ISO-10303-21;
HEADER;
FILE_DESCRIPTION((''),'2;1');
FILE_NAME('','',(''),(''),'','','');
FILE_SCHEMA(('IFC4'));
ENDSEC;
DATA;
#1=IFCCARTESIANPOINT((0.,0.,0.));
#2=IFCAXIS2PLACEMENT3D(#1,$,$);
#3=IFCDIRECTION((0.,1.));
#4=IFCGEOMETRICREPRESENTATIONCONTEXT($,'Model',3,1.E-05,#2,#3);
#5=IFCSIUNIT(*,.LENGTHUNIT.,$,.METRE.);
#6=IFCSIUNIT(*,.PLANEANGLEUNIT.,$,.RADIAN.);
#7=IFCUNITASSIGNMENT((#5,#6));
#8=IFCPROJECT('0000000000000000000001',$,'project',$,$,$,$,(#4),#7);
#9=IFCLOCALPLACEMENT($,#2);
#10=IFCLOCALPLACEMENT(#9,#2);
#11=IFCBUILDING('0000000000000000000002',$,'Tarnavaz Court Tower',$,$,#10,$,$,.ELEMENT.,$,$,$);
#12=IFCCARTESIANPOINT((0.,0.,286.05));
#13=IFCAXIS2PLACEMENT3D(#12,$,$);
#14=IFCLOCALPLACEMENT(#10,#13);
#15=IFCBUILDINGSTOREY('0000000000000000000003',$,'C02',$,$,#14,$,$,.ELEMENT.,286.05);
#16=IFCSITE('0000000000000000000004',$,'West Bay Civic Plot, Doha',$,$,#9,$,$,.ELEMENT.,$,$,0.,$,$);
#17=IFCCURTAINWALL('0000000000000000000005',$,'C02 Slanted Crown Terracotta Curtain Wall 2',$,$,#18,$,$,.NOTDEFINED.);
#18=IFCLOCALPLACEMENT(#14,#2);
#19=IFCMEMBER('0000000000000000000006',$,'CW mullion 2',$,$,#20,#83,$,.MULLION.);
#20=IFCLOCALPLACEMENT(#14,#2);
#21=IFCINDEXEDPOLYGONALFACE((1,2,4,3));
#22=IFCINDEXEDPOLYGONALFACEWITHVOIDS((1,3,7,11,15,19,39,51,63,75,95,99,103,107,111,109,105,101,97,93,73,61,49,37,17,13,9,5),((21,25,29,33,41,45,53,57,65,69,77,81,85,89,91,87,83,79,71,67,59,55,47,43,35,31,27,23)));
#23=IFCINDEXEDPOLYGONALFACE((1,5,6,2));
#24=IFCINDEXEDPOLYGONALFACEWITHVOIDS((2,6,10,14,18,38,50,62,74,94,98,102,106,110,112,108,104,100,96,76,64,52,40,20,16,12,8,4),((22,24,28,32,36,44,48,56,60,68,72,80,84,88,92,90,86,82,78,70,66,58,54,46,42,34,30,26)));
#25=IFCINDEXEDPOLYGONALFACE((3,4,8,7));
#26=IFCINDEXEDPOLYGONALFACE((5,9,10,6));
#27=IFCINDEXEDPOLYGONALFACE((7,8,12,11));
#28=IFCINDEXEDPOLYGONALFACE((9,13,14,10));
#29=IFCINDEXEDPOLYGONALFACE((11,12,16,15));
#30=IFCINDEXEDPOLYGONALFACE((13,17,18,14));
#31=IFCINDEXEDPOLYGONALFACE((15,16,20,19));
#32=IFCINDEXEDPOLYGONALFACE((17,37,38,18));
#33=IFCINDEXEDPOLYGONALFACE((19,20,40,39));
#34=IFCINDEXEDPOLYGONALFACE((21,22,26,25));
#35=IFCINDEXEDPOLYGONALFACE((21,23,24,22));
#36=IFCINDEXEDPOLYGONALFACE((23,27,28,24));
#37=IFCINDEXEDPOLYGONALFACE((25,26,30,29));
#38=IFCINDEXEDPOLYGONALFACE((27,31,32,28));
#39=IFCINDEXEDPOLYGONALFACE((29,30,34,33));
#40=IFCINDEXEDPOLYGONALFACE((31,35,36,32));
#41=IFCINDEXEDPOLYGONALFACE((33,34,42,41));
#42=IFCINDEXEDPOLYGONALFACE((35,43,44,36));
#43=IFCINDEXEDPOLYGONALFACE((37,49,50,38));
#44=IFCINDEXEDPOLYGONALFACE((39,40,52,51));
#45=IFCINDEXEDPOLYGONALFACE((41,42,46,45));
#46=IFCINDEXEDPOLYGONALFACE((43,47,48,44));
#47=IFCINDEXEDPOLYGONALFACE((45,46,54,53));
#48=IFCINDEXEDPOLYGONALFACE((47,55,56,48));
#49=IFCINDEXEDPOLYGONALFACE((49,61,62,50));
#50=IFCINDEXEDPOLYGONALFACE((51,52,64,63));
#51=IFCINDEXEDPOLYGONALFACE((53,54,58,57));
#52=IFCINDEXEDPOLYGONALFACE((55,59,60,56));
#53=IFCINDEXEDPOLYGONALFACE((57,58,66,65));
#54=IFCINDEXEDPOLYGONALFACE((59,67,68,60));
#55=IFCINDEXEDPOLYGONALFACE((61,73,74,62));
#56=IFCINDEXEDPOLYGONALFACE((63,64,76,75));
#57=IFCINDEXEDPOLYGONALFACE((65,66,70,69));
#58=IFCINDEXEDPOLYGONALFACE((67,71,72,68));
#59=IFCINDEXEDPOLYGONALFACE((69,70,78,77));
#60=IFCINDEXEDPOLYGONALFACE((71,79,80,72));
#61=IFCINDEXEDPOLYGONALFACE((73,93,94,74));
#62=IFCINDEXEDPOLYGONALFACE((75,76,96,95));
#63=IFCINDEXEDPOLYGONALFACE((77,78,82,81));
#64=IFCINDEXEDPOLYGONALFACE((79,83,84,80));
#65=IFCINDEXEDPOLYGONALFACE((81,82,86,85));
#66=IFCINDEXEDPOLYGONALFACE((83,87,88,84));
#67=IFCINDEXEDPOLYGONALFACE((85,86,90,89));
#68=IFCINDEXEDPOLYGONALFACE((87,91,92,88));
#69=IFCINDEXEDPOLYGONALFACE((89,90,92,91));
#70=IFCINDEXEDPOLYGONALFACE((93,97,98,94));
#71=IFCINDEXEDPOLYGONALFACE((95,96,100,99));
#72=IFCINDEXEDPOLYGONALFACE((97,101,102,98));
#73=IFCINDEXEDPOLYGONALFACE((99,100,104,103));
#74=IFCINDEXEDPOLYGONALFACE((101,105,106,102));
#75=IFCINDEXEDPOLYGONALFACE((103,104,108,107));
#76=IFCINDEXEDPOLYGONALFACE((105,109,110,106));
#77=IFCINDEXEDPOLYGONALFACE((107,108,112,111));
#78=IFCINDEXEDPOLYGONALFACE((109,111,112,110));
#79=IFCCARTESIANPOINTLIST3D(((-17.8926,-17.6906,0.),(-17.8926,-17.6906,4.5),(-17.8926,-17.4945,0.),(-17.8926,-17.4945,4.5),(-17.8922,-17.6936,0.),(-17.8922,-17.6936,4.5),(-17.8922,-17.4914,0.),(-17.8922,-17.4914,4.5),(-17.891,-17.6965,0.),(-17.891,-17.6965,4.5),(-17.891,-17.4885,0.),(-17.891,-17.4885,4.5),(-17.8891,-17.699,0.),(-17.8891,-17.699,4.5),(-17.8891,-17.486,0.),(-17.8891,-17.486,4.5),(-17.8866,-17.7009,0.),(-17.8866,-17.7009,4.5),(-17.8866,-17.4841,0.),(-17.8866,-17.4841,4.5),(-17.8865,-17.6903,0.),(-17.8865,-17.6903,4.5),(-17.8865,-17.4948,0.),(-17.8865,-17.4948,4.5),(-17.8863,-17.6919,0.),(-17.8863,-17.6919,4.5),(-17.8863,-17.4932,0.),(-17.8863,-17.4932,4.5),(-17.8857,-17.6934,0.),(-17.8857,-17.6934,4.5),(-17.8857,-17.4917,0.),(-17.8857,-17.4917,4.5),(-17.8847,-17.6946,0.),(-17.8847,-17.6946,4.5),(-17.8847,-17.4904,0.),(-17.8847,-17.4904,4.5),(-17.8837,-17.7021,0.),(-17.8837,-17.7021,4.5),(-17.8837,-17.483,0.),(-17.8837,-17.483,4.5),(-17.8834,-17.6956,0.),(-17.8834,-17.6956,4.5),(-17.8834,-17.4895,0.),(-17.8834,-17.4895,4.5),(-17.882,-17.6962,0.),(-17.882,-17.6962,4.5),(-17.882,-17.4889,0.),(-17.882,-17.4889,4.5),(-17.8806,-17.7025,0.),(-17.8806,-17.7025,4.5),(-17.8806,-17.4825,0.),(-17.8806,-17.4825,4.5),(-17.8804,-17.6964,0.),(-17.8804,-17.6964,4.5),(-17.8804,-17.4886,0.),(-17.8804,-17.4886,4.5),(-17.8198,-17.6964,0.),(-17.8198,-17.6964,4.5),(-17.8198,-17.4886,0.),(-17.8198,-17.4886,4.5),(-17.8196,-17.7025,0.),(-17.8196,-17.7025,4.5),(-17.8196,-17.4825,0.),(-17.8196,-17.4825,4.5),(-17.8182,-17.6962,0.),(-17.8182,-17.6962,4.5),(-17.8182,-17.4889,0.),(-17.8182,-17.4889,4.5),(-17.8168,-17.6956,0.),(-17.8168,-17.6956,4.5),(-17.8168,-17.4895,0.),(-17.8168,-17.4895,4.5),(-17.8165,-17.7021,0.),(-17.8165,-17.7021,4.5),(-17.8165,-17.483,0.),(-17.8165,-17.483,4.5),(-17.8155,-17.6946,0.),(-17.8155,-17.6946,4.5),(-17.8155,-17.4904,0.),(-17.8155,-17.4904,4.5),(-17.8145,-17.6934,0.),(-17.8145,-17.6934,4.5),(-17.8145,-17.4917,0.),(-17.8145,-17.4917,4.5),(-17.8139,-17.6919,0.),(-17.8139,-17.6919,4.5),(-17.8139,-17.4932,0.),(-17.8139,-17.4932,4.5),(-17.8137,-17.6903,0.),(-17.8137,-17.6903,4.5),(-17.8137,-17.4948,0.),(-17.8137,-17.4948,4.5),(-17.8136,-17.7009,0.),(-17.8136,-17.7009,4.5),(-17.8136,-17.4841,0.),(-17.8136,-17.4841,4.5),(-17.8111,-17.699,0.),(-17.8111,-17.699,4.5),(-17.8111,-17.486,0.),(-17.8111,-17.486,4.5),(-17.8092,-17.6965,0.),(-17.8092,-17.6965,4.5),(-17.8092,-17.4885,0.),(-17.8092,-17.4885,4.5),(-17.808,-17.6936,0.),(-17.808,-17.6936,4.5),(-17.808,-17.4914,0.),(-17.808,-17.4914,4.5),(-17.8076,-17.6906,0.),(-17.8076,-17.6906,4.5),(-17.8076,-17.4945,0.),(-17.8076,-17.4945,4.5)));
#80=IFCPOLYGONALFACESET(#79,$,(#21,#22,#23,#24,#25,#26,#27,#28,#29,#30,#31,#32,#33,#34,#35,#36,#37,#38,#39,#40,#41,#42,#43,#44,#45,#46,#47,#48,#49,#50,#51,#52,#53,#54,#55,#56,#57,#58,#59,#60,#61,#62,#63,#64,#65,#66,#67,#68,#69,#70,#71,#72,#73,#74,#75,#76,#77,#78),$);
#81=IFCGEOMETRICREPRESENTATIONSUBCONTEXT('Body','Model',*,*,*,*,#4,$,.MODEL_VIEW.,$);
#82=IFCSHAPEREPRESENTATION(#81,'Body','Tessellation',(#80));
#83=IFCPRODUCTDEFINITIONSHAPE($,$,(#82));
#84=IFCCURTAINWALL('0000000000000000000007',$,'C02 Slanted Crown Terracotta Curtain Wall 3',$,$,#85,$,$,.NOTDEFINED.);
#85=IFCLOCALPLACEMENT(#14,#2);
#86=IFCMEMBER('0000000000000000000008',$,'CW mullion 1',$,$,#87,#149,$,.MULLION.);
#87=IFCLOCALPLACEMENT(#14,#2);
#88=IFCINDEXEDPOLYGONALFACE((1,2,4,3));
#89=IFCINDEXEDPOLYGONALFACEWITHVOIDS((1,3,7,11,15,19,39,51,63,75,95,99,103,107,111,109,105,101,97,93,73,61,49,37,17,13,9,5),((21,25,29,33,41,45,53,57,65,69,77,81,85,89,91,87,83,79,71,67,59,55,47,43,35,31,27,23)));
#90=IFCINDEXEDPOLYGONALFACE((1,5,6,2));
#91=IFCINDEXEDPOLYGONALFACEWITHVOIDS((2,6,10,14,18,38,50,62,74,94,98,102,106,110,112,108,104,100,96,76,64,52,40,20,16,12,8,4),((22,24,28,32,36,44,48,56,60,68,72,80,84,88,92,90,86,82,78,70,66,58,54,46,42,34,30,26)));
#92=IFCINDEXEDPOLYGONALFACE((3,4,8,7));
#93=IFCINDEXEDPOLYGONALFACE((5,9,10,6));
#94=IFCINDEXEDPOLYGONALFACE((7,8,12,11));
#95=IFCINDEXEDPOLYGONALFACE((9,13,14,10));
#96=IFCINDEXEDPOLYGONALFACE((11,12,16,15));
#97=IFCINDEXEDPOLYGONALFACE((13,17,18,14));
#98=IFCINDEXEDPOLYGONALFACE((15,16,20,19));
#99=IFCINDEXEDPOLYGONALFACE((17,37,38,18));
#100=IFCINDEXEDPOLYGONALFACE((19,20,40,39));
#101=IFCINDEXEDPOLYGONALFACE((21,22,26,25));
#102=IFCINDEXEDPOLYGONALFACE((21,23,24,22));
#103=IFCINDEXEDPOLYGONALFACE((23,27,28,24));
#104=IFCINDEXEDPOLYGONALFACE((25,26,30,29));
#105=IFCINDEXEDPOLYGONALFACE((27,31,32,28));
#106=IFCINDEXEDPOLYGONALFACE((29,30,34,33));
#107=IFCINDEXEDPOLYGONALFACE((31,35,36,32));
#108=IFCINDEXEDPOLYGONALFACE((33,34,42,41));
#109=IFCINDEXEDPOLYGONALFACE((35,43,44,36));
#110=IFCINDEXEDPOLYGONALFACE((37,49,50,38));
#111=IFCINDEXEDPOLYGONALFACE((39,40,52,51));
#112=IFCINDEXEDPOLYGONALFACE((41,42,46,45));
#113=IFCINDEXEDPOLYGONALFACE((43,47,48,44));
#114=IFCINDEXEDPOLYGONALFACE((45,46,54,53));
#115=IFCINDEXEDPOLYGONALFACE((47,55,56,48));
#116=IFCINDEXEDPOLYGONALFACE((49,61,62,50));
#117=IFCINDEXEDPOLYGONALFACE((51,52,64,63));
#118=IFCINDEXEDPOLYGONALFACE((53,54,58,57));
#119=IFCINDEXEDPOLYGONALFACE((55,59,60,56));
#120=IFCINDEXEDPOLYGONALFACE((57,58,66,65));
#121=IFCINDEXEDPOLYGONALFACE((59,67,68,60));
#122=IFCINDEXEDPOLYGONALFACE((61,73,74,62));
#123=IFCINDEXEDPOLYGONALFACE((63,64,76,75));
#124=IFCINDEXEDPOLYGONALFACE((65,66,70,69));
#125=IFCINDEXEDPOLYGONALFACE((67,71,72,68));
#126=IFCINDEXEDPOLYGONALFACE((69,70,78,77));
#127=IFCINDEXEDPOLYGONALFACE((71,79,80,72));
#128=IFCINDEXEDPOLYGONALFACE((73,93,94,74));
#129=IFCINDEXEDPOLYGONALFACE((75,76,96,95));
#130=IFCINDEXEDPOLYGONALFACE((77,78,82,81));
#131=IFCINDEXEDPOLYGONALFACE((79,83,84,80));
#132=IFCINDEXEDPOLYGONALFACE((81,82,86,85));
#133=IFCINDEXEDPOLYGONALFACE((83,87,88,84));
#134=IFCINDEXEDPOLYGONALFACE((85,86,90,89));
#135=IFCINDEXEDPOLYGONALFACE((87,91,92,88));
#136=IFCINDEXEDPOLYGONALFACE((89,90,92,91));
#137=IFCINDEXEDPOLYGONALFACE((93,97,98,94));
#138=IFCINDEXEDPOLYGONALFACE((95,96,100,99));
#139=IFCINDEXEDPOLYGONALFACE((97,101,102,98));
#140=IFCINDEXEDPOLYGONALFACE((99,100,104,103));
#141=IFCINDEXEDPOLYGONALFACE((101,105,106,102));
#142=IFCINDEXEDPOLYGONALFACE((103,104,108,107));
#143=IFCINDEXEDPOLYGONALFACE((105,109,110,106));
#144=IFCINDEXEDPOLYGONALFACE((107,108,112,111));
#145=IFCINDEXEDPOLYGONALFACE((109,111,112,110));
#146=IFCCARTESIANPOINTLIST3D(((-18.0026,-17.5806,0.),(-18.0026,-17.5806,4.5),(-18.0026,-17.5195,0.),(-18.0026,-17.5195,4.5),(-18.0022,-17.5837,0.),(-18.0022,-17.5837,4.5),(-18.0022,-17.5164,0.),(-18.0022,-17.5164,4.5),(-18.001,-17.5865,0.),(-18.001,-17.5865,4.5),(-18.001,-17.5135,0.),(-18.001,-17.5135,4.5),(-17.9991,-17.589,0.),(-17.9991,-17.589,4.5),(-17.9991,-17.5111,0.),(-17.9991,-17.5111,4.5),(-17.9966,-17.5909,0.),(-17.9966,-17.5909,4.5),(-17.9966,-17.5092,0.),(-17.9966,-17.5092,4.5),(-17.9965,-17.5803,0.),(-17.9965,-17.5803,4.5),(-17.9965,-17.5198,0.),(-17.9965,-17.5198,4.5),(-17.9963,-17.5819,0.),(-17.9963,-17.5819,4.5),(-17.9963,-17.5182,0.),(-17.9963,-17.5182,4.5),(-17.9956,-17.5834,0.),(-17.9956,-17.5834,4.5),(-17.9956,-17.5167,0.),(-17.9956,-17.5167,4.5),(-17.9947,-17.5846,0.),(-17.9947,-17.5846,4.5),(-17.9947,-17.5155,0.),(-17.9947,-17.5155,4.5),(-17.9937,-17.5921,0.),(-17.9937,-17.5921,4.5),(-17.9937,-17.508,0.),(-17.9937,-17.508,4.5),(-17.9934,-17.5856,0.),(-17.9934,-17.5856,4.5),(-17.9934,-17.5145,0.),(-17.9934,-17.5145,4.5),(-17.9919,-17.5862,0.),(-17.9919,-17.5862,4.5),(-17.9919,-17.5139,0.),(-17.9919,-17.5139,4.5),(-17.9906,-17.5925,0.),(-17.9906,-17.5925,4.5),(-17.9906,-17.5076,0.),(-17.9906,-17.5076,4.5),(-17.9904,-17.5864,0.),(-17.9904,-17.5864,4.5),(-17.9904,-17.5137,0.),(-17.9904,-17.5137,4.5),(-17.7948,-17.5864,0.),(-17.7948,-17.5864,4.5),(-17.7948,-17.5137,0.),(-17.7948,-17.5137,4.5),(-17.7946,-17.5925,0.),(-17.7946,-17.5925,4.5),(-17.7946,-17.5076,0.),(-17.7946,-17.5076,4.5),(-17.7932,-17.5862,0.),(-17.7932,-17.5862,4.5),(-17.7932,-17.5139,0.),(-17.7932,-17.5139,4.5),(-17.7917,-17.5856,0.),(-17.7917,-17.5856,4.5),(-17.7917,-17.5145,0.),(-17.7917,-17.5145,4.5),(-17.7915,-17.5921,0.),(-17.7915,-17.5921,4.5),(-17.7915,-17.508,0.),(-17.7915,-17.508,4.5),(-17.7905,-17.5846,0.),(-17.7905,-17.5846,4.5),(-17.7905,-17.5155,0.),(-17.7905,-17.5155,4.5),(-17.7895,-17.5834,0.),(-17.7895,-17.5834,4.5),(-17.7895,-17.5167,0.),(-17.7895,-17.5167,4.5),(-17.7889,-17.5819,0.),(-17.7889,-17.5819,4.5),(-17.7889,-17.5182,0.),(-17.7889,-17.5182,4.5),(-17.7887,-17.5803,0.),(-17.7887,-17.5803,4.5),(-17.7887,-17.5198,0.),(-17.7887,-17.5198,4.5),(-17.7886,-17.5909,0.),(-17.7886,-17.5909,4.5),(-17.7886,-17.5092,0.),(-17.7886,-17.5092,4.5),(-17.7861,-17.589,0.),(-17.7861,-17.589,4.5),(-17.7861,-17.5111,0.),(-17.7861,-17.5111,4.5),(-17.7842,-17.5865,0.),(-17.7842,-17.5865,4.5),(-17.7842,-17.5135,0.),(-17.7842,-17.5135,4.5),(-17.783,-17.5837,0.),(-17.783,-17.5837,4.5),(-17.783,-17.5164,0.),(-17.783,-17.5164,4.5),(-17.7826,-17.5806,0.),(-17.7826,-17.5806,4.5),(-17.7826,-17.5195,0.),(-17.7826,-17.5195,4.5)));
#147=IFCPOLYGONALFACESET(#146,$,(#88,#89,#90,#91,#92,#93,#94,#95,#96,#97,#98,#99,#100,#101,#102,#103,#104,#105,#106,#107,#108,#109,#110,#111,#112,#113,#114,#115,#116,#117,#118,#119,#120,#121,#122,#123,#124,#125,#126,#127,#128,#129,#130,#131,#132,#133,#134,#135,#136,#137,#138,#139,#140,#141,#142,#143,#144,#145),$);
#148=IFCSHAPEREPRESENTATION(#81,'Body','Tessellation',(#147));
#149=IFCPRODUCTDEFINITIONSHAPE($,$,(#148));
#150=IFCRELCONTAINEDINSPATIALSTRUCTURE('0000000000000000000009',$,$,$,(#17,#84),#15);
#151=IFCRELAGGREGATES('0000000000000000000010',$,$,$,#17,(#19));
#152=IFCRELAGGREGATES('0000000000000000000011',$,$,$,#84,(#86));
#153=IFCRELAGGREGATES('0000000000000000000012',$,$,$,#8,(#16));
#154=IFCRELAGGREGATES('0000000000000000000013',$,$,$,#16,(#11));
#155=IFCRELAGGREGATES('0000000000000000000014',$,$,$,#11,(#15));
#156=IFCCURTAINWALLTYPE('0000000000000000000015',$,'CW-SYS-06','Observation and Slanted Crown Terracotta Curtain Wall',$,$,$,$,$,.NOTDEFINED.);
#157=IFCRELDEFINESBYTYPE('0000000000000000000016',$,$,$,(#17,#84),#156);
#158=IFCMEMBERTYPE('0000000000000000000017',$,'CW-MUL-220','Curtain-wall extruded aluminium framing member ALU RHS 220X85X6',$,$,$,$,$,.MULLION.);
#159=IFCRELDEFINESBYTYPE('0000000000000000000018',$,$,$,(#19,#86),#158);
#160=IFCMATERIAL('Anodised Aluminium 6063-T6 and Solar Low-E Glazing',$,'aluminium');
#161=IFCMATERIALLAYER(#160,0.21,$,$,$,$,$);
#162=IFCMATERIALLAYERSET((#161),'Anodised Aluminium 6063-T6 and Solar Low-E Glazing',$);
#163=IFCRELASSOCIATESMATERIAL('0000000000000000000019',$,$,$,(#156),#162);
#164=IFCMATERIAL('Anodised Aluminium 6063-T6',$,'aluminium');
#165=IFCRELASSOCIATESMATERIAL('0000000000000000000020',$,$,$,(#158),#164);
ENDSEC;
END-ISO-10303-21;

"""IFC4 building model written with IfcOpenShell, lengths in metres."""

from ifc_helpers import new_model, si_unit, direction, frame, origin, origin_2d, place, context, subcontext, project, spatial, hollow_rectangle, extrude, material, layer, layer_set, material_profile, profile_set, type_object, element, aggregate, save


model = new_model("IFC4")

# Units and contexts
model_context = context("Model", 3, precision=1e-05, world=origin(), true_north=direction((0.0, 1.0)))
body_context = subcontext(model_context, "Body", "Model", "MODEL_VIEW")
ifc_project = project(units=[si_unit("LENGTHUNIT", "METRE"), si_unit("PLANEANGLEUNIT", "RADIAN")], contexts=[model_context])

# Site, building, storey
site_placement = place(None, origin())
site = spatial("IfcSite", under=ifc_project, at=site_placement, Name="West Bay Civic Plot, Doha", CompositionType="ELEMENT", RefElevation=0.0)
building_placement = place(site_placement, origin())
building = spatial("IfcBuilding", under=site, at=building_placement, Name="Tarnavaz Court Tower", CompositionType="ELEMENT")
storey_placement = place(building_placement, frame((0.0, 0.0, 286.05)))
storey = spatial("IfcBuildingStorey", under=building, at=storey_placement, Name="C02", CompositionType="ELEMENT", Elevation=286.05)

# Curtain walls, members
ifc_material_1 = material(Name="Anodised Aluminium 6063-T6 and Solar Low-E Glazing", Category="aluminium")
ifc_layer_1 = layer(ifc_material_1, 0.21)
ifc_layer_set_1 = layer_set([ifc_layer_1], Name="Anodised Aluminium 6063-T6 and Solar Low-E Glazing")
curtain_wall_type = type_object("IfcCurtainWallType", Name="CW-SYS-06", Description="Observation and Slanted Crown Terracotta Curtain Wall", PredefinedType="NOTDEFINED", material=ifc_layer_set_1)
ifc_material_2 = material(Name="Anodised Aluminium 6063-T6", Category="aluminium")
ifc_material_profile_1 = material_profile(ifc_material_2, hollow_rectangle(XDim=0.085, YDim=0.22, WallThickness=0.0061, InnerFilletRadius=0.0061, OuterFilletRadius=0.012, at=origin_2d()), Name="ALU RHS 220X85X6")
ifc_profile_set_1 = profile_set([ifc_material_profile_1], Name="Anodised Aluminium 6063-T6")
member_type_1 = type_object("IfcMemberType", Name="CW-MUL-220", Description="Curtain-wall extruded aluminium framing member ALU RHS 220X85X6", PredefinedType="MULLION", material=ifc_profile_set_1)
curtain_wall_1_placement = place(storey_placement, origin())
curtain_wall_1 = element("IfcCurtainWall", 1, at=curtain_wall_1_placement, inside=storey, type_object=curtain_wall_type, Name="C02 Slanted Crown Terracotta Curtain Wall 2", PredefinedType="NOTDEFINED")
member_1_placement = place(storey_placement, frame((-17.8501, -17.5925, 0.0), z_axis=(0.0, 0.0, 1.0), x_axis=(-1.0, 0.0, 0.0)))
member_1 = element("IfcMember", 2, at=member_1_placement, type_object=member_type_1, Name="CW mullion 2", PredefinedType="MULLION", context=body_context, shape_type="SweptSolid", body=[
    extrude(hollow_rectangle(XDim=0.085, YDim=0.22, WallThickness=0.0061, InnerFilletRadius=0.0061, OuterFilletRadius=0.012, at=origin_2d()), origin(), (0.0, 0.0, 1.0), 4.5),
])
curtain_wall_2_placement = place(storey_placement, origin())
curtain_wall_2 = element("IfcCurtainWall", 3, at=curtain_wall_2_placement, inside=storey, type_object=curtain_wall_type, Name="C02 Slanted Crown Terracotta Curtain Wall 3", PredefinedType="NOTDEFINED")
member_2_placement = place(storey_placement, frame((-17.8926, -17.55, 0.0), z_axis=(0.0, 0.0, 1.0), x_axis=(0.0, -1.0, 0.0)))
member_2 = element("IfcMember", 4, at=member_2_placement, type_object=member_type_1, Name="CW mullion 1", PredefinedType="MULLION", context=body_context, shape_type="SweptSolid", body=[
    extrude(hollow_rectangle(XDim=0.085, YDim=0.22, WallThickness=0.0061, InnerFilletRadius=0.0061, OuterFilletRadius=0.012, at=origin_2d()), origin(), (0.0, 0.0, 1.0), 4.5),
])

aggregate(curtain_wall_1, [member_1])
aggregate(curtain_wall_2, [member_2])

save(model, "model.ifc")
